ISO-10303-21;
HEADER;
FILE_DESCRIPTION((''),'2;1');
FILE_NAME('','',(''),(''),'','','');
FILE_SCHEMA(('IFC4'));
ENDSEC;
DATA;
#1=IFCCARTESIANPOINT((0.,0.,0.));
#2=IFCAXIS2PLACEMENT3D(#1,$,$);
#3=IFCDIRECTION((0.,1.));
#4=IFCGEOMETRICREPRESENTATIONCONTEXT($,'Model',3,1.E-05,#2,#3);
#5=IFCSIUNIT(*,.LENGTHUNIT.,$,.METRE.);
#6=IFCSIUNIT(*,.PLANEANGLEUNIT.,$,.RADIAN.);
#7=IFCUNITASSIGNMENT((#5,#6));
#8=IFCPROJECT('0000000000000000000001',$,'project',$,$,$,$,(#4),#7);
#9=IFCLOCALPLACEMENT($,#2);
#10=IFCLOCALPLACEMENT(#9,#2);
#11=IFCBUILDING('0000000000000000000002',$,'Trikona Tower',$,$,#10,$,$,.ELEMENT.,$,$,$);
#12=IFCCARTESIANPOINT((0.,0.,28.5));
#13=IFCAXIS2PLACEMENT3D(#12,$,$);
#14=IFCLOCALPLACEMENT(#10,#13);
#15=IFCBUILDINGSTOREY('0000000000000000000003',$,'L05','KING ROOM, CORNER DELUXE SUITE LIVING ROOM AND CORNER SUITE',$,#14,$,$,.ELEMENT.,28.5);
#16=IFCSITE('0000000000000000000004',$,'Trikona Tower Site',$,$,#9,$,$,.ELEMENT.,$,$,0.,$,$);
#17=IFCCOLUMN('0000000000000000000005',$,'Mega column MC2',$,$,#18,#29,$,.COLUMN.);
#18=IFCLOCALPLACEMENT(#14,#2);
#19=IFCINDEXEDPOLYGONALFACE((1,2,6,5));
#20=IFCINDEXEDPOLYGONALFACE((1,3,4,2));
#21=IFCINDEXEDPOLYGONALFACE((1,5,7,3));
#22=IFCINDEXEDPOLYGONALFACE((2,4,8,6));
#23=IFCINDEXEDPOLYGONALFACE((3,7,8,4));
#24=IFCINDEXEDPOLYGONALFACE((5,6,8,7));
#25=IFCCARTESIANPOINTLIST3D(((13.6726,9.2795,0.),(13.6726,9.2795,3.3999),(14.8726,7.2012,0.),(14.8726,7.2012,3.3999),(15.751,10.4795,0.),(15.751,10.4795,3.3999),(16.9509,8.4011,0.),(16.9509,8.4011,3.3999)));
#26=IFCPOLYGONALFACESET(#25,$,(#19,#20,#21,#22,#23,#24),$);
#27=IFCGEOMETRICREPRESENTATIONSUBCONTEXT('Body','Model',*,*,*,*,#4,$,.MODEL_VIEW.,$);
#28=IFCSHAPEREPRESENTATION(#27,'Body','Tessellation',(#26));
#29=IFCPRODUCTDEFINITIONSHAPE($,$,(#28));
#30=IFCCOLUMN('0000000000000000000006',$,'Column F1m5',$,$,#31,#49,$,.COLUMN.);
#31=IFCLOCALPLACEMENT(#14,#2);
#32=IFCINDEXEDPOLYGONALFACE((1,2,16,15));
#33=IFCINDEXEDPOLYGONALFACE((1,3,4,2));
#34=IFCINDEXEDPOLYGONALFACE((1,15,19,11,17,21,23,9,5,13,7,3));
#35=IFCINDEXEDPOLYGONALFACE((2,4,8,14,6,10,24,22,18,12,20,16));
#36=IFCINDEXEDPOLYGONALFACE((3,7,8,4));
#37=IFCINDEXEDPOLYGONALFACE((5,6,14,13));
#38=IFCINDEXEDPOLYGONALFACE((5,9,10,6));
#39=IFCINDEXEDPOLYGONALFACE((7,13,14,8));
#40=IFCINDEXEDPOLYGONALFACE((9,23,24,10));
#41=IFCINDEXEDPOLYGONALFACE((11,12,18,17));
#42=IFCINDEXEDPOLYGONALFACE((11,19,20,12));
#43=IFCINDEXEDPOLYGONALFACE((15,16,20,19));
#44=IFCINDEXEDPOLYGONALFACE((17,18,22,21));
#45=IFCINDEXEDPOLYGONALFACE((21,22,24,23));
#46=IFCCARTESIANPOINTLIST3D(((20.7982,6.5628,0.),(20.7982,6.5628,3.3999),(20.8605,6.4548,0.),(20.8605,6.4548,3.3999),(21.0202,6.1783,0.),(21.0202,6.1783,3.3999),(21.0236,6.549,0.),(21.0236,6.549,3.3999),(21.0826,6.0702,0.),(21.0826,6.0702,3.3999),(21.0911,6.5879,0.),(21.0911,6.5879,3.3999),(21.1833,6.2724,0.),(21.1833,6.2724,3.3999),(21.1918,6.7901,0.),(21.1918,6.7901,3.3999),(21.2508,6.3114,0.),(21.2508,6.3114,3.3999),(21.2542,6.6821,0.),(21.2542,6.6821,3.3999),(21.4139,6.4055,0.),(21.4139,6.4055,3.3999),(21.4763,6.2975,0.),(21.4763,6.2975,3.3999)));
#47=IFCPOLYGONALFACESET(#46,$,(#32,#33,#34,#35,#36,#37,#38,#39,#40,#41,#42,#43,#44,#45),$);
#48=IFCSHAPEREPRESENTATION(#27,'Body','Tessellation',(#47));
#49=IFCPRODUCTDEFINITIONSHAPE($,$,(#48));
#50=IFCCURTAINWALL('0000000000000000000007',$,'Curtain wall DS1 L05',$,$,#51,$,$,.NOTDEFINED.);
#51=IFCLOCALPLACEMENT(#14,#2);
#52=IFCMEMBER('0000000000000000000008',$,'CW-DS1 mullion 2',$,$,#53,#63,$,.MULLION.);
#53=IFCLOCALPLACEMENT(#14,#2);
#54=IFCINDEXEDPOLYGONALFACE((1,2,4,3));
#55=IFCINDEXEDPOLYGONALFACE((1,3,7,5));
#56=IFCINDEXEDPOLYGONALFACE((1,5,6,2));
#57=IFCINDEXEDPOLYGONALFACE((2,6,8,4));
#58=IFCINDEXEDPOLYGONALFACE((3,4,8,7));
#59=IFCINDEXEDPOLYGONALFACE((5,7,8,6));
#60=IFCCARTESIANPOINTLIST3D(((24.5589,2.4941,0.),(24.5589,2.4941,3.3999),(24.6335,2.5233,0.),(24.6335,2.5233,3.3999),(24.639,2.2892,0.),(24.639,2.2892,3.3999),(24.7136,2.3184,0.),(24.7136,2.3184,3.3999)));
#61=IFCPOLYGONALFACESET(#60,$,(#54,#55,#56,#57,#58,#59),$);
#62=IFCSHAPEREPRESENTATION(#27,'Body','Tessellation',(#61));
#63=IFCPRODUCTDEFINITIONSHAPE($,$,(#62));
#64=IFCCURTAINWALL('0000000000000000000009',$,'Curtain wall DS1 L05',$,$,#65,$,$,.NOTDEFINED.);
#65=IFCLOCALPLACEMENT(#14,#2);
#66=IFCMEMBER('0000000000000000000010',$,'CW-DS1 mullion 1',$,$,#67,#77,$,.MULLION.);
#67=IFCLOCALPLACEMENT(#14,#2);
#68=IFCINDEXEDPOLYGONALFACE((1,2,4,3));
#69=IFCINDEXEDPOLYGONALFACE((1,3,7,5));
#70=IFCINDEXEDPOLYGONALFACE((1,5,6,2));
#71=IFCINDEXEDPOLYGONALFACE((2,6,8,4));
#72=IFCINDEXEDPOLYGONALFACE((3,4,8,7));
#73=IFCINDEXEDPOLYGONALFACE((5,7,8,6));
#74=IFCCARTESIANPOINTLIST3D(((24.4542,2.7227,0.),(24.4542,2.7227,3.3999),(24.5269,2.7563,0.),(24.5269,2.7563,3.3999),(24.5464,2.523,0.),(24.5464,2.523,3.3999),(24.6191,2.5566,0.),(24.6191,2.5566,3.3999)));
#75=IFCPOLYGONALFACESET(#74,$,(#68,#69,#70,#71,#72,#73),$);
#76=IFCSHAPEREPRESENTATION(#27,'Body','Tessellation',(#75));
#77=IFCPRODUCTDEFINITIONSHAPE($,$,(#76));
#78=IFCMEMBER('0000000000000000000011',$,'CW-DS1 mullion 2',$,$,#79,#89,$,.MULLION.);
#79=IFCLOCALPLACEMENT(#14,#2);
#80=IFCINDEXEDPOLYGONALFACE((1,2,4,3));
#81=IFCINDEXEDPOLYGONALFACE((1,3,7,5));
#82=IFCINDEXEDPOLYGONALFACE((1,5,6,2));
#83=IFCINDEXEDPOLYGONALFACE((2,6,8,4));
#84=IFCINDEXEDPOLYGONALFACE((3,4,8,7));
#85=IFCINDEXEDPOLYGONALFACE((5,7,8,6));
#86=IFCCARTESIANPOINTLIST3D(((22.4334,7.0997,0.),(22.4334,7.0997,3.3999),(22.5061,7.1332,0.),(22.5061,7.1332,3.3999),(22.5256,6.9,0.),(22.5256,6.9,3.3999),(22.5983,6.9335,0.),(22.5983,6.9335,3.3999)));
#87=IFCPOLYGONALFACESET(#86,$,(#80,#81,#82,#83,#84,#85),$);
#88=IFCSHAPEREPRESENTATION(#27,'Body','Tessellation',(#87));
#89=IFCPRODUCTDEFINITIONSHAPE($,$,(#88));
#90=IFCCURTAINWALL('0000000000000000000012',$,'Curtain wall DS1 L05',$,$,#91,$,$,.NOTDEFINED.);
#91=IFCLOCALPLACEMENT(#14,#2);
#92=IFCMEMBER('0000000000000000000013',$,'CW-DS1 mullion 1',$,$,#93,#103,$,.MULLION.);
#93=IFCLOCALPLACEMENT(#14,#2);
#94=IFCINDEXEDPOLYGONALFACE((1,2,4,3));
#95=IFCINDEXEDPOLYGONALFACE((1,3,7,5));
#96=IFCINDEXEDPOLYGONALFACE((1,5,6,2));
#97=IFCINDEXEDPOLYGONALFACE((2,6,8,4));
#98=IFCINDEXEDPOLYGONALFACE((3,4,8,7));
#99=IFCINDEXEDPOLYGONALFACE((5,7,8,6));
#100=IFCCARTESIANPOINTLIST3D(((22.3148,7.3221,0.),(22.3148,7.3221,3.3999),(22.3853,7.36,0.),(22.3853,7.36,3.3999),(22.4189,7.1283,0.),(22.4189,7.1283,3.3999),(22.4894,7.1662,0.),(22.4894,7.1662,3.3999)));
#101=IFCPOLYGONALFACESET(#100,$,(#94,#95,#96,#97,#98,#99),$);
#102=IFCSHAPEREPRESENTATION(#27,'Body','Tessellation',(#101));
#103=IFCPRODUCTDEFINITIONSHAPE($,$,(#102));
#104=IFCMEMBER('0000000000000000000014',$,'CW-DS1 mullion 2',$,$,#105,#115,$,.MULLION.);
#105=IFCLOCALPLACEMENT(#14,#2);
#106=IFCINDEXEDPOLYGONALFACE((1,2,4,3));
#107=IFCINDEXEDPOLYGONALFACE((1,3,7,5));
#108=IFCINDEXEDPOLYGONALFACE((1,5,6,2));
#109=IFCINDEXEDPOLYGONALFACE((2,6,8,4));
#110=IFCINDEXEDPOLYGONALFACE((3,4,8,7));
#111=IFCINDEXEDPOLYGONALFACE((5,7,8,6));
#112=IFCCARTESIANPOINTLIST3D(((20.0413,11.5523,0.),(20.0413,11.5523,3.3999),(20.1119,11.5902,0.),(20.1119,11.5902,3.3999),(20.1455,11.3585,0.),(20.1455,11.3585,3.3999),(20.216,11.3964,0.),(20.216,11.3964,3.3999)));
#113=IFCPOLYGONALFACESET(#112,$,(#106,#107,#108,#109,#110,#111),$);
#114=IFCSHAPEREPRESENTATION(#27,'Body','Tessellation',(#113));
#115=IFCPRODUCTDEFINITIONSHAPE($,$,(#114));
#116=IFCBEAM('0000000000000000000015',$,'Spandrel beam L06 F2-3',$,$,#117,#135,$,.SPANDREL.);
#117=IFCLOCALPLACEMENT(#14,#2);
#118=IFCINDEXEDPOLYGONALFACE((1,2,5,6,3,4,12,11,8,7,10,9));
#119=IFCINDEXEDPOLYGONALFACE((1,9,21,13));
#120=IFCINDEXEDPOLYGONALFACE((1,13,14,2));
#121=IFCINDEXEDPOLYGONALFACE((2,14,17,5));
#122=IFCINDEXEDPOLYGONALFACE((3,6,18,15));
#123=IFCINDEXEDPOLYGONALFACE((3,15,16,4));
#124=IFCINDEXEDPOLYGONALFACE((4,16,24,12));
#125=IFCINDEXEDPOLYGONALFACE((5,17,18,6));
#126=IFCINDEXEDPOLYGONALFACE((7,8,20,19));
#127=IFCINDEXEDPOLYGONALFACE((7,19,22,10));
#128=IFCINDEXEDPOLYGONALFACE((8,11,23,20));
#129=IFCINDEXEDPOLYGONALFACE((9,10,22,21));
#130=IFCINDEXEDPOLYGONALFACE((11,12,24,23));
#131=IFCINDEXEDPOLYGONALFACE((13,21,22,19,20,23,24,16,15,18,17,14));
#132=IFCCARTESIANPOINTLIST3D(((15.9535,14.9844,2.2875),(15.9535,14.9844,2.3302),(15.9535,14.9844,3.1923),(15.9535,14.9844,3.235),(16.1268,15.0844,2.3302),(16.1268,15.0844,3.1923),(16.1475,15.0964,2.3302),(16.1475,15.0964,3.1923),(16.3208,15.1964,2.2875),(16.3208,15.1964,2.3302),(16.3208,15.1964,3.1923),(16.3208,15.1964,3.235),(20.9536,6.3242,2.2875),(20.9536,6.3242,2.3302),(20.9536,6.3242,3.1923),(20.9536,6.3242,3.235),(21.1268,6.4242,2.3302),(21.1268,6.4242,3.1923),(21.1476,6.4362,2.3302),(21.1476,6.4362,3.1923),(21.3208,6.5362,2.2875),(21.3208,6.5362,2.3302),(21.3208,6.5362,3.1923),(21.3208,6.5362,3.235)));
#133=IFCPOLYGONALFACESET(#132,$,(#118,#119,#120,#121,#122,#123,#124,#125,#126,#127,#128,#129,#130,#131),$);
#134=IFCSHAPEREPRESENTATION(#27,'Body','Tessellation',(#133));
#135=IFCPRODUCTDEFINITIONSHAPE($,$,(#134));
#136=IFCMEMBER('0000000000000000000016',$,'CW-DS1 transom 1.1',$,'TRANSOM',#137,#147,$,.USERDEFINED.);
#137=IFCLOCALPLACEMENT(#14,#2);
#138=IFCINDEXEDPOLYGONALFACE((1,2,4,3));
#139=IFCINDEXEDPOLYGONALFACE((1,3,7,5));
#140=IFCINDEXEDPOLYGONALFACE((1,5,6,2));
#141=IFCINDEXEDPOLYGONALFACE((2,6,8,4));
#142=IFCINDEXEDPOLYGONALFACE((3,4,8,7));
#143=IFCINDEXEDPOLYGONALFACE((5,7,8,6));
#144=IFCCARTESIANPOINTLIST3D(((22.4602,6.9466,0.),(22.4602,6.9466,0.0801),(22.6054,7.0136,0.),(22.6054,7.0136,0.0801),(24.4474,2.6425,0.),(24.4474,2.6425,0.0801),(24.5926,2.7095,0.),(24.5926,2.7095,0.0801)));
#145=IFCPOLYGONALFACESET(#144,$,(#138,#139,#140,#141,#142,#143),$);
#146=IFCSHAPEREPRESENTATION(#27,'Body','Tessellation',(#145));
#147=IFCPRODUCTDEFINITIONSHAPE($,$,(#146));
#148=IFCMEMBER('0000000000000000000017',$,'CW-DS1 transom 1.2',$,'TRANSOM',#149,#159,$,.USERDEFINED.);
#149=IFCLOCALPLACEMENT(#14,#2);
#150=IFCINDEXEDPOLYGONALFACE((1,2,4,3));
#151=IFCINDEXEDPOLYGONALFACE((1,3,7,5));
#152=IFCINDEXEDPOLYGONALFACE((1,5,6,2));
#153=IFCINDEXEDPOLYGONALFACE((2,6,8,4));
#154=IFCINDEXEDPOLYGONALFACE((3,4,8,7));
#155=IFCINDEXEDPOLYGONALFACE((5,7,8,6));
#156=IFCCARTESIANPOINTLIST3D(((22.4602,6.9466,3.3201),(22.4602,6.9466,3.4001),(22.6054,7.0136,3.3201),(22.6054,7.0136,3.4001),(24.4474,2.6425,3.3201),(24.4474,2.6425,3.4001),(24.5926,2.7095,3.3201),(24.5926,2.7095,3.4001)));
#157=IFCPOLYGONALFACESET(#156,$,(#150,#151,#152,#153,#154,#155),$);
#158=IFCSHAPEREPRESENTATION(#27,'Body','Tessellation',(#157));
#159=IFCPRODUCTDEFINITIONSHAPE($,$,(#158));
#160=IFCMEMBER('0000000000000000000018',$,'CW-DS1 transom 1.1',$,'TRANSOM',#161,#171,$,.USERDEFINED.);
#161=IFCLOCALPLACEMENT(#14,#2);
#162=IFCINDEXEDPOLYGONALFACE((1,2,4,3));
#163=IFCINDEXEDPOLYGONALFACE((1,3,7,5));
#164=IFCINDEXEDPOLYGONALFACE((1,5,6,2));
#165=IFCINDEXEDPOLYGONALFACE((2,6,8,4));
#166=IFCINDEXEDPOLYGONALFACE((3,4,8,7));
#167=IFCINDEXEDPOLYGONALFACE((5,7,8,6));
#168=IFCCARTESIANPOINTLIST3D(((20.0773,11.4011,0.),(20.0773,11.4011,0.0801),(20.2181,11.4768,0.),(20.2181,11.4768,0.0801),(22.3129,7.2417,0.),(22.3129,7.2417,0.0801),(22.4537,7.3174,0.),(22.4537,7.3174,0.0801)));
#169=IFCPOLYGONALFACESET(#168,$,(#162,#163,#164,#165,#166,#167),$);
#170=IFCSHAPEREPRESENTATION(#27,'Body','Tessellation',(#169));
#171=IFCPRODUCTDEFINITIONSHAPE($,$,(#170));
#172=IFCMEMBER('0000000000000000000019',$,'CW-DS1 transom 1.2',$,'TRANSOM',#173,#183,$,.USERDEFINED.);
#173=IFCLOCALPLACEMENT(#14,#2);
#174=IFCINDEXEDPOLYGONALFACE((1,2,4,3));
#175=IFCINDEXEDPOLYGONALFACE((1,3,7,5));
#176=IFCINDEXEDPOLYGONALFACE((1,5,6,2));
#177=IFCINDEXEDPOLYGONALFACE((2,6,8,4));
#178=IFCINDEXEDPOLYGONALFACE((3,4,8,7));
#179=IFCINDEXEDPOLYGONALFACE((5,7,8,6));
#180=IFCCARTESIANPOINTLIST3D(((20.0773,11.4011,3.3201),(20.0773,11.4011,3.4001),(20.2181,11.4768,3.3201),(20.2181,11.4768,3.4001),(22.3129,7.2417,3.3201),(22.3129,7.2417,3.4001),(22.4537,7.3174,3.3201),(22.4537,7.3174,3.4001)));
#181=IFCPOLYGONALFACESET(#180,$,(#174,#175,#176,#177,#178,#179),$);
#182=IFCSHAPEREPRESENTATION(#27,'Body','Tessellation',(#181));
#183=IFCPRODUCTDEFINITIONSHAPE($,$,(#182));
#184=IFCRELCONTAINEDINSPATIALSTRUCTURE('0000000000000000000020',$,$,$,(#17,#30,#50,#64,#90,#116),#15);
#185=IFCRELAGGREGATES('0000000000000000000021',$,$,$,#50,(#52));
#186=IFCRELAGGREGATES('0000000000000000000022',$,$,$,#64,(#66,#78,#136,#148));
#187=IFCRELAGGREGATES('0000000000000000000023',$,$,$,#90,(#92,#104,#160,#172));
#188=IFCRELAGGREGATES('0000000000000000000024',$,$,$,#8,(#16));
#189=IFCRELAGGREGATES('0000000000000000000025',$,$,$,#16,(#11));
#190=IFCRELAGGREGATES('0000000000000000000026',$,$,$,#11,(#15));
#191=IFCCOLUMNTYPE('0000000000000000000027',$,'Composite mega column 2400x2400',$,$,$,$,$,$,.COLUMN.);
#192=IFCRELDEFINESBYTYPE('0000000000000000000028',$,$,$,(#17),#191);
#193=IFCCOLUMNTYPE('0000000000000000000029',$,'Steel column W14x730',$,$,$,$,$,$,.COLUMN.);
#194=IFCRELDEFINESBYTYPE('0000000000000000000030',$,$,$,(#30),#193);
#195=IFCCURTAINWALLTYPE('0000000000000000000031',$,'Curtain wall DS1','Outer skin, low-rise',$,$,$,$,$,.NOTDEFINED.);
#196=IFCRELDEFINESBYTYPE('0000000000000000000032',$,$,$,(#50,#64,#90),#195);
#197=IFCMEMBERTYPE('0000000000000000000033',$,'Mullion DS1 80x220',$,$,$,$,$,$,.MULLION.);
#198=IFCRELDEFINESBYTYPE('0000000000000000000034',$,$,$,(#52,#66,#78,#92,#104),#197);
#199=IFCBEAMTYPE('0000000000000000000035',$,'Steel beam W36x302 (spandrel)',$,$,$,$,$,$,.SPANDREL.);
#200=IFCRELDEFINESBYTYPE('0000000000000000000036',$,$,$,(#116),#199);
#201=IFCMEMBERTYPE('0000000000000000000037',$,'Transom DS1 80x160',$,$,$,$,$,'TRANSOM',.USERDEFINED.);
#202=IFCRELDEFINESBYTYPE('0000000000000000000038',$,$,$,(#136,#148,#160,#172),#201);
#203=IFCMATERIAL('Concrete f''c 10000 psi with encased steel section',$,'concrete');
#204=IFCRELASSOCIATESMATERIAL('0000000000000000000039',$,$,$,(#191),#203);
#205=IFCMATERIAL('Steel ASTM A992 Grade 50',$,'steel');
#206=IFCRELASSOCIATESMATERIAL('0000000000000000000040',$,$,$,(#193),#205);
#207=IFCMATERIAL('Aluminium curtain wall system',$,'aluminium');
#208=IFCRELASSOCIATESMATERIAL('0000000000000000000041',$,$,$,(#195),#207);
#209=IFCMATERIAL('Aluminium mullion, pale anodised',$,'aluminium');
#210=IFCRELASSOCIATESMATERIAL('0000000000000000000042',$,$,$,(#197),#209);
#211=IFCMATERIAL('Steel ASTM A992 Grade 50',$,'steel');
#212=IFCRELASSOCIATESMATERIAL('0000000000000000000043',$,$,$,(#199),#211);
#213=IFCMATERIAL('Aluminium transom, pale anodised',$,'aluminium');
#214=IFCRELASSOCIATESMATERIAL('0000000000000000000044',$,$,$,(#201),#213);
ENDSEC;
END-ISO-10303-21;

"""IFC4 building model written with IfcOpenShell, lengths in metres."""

from ifc_helpers import new_model, si_unit, direction, frame, origin, origin_2d, place, context, subcontext, project, spatial, rectangle, i_section, extrude, material, material_profile, profile_set, type_object, element, aggregate, save


model = new_model("IFC4")

# Units and contexts
model_context = context("Model", 3, precision=1e-05, world=origin(), true_north=direction((0.0, 1.0)))
body_context = subcontext(model_context, "Body", "Model", "MODEL_VIEW")
ifc_project = project(units=[si_unit("LENGTHUNIT", "METRE"), si_unit("PLANEANGLEUNIT", "RADIAN")], contexts=[model_context])

# Site, building, storey
site_placement = place(None, origin())
site = spatial("IfcSite", under=ifc_project, at=site_placement, Name="Trikona Tower Site", CompositionType="ELEMENT", RefElevation=0.0)
building_placement = place(site_placement, origin())
building = spatial("IfcBuilding", under=site, at=building_placement, Name="Trikona Tower", CompositionType="ELEMENT")
storey_placement = place(building_placement, frame((0.0, 0.0, 28.5)))
storey = spatial("IfcBuildingStorey", under=building, at=storey_placement, Name="L05", Description="KING ROOM, CORNER DELUXE SUITE LIVING ROOM AND CORNER SUITE", CompositionType="ELEMENT", Elevation=28.5)

# Columns
ifc_material_1 = material(Name="Concrete f'c 10000 psi with encased steel section", Category="concrete")
ifc_material_profile_1 = material_profile(ifc_material_1, rectangle(XDim=2.3999, YDim=2.3999, at=origin_2d()), Name="MC2400")
ifc_profile_set_1 = profile_set([ifc_material_profile_1], Name="Concrete f'c 10000 psi with encased steel section")
column_type_1 = type_object("IfcColumnType", Name="Composite mega column 2400x2400", PredefinedType="COLUMN", material=ifc_profile_set_1)
column_1_placement = place(storey_placement, frame((15.3118, 8.8403, 0.0), z_axis=(0.0, 0.0, 1.0), x_axis=(0.866025, 0.5, 0.0)))
element("IfcColumn", 1, at=column_1_placement, inside=storey, type_object=column_type_1, Name="Mega column MC2", PredefinedType="COLUMN", context=body_context, shape_type="SweptSolid", body=[
    extrude(rectangle(XDim=2.3999, YDim=2.3999, at=origin_2d()), origin(), (0.0, 0.0, 1.0), 3.3999),
])
ifc_material_2 = material(Name="Steel ASTM A992 Grade 50", Category="steel")
ifc_material_profile_2 = material_profile(ifc_material_2, i_section(OverallWidth=0.4546, OverallDepth=0.5688, WebThickness=0.0779, FlangeThickness=0.1248, at=origin_2d()), Name="W14X730")
ifc_profile_set_2 = profile_set([ifc_material_profile_2], Name="Steel ASTM A992 Grade 50")
column_type_2 = type_object("IfcColumnType", Name="Steel column W14x730", PredefinedType="COLUMN", material=ifc_profile_set_2)
column_2_placement = place(storey_placement, frame((21.1372, 6.4302, 0.0), z_axis=(0.0, 0.0, 1.0), x_axis=(0.866025, 0.5, 0.0)))
element("IfcColumn", 2, at=column_2_placement, inside=storey, type_object=column_type_2, Name="Column F1m5", PredefinedType="COLUMN", context=body_context, shape_type="SweptSolid", body=[
    extrude(i_section(OverallWidth=0.4546, OverallDepth=0.5688, WebThickness=0.0779, FlangeThickness=0.1248, at=origin_2d()), origin(), (0.0, 0.0, 1.0), 3.3999),
])

# Curtain wall, member
ifc_material_3 = material(Name="Aluminium curtain wall system", Category="aluminium")
curtain_wall_type = type_object("IfcCurtainWallType", Name="Curtain wall DS1", Description="Outer skin, low-rise", PredefinedType="NOTDEFINED", material=ifc_material_3)
curtain_wall_1_placement = place(storey_placement, origin())
curtain_wall_1 = element("IfcCurtainWall", 3, at=curtain_wall_1_placement, inside=storey, type_object=curtain_wall_type, Name="Curtain wall DS1 L05", PredefinedType="NOTDEFINED")
ifc_material_4 = material(Name="Aluminium mullion, pale anodised", Category="aluminium")
ifc_material_profile_3 = material_profile(ifc_material_4, rectangle(XDim=0.0801, YDim=0.22, at=origin_2d()), Name="MUL-DS1")
ifc_profile_set_3 = profile_set([ifc_material_profile_3], Name="Aluminium mullion, pale anodised")
member_type_1 = type_object("IfcMemberType", Name="Mullion DS1 80x220", PredefinedType="MULLION", material=ifc_profile_set_3)
member_1_placement = place(storey_placement, frame((24.6362, 2.4062, 0.0), z_axis=(0.0, 0.0, 1.0), x_axis=(-0.931396, -0.364008, 0.0)))
member_1 = element("IfcMember", 4, at=member_1_placement, type_object=member_type_1, Name="CW-DS1 mullion 2", PredefinedType="MULLION", context=body_context, shape_type="SweptSolid", body=[
    extrude(rectangle(XDim=0.0801, YDim=0.22, at=origin_2d()), origin(), (0.0, 0.0, 1.0), 3.3999),
])

# Curtain walls, members
curtain_wall_2_placement = place(storey_placement, origin())
curtain_wall_2 = element("IfcCurtainWall", 5, at=curtain_wall_2_placement, inside=storey, type_object=curtain_wall_type, Name="Curtain wall DS1 L05", PredefinedType="NOTDEFINED")
member_2_placement = place(storey_placement, frame((24.5366, 2.6396, 0.0), z_axis=(0.0, 0.0, 1.0), x_axis=(-0.907898, -0.41919, 0.0)))
member_2 = element("IfcMember", 6, at=member_2_placement, type_object=member_type_1, Name="CW-DS1 mullion 1", PredefinedType="MULLION", context=body_context, shape_type="SweptSolid", body=[
    extrude(rectangle(XDim=0.0801, YDim=0.22, at=origin_2d()), origin(), (0.0, 0.0, 1.0), 3.3999),
])
member_3_placement = place(storey_placement, frame((22.5159, 7.0166, 0.0), z_axis=(0.0, 0.0, 1.0), x_axis=(-0.907898, -0.41919, 0.0)))
member_3 = element("IfcMember", 7, at=member_3_placement, type_object=member_type_1, Name="CW-DS1 mullion 2", PredefinedType="MULLION", context=body_context, shape_type="SweptSolid", body=[
    extrude(rectangle(XDim=0.0801, YDim=0.22, at=origin_2d()), origin(), (0.0, 0.0, 1.0), 3.3999),
])
curtain_wall_3_placement = place(storey_placement, origin())
curtain_wall_3 = element("IfcCurtainWall", 8, at=curtain_wall_3_placement, inside=storey, type_object=curtain_wall_type, Name="Curtain wall DS1 L05", PredefinedType="NOTDEFINED")
member_4_placement = place(storey_placement, frame((22.4021, 7.2441, 0.0), z_axis=(0.0, 0.0, 1.0), x_axis=(-0.880843, -0.473408, 0.0)))
member_4 = element("IfcMember", 9, at=member_4_placement, type_object=member_type_1, Name="CW-DS1 mullion 1", PredefinedType="MULLION", context=body_context, shape_type="SweptSolid", body=[
    extrude(rectangle(XDim=0.0801, YDim=0.22, at=origin_2d()), origin(), (0.0, 0.0, 1.0), 3.3999),
])
member_5_placement = place(storey_placement, frame((20.1287, 11.4744, 0.0), z_axis=(0.0, 0.0, 1.0), x_axis=(-0.880843, -0.473408, 0.0)))
member_5 = element("IfcMember", 10, at=member_5_placement, type_object=member_type_1, Name="CW-DS1 mullion 2", PredefinedType="MULLION", context=body_context, shape_type="SweptSolid", body=[
    extrude(rectangle(XDim=0.0801, YDim=0.22, at=origin_2d()), origin(), (0.0, 0.0, 1.0), 3.3999),
])

# Beam
ifc_material_5 = material(Name="Steel ASTM A992 Grade 50", Category="steel")
ifc_material_profile_4 = material_profile(ifc_material_5, i_section(OverallWidth=0.4241, OverallDepth=0.9475, WebThickness=0.0239, FlangeThickness=0.0427, at=origin_2d()), Name="W36X302")
ifc_profile_set_4 = profile_set([ifc_material_profile_4], Name="Steel ASTM A992 Grade 50")
beam_type = type_object("IfcBeamType", Name="Steel beam W36x302 (spandrel)", PredefinedType="SPANDREL", material=ifc_profile_set_4)
beam_placement = place(storey_placement, frame((21.1372, 6.4302, 2.7612), z_axis=(-0.500004, 0.866023, 0.0), x_axis=(-0.866023, -0.500004, 0.0)))
element("IfcBeam", 11, at=beam_placement, inside=storey, type_object=beam_type, Name="Spandrel beam L06 F2-3", PredefinedType="SPANDREL", context=body_context, shape_type="SweptSolid", body=[
    extrude(i_section(OverallWidth=0.4241, OverallDepth=0.9475, WebThickness=0.0239, FlangeThickness=0.0427, at=origin_2d()), origin(), (0.0, 0.0, 1.0), 10.0),
])

# Members
ifc_material_6 = material(Name="Aluminium transom, pale anodised", Category="aluminium")
ifc_material_profile_5 = material_profile(ifc_material_6, rectangle(XDim=0.1599, YDim=0.0801, at=origin_2d()), Name="TRN-DS1")
ifc_profile_set_5 = profile_set([ifc_material_profile_5], Name="Aluminium transom, pale anodised")
member_type_2 = type_object("IfcMemberType", Name="Transom DS1 80x160", ElementType="TRANSOM", PredefinedType="USERDEFINED", material=ifc_profile_set_5)
member_6_placement = place(storey_placement, frame((24.52, 2.676, 0.04), z_axis=(-0.419189, 0.907899, 0.0), x_axis=(-0.907899, -0.419189, 0.0)))
member_6 = element("IfcMember", 12, at=member_6_placement, type_object=member_type_2, Name="CW-DS1 transom 1.1", ObjectType="TRANSOM", PredefinedType="USERDEFINED", context=body_context, shape_type="SweptSolid", body=[
    extrude(rectangle(XDim=0.1599, YDim=0.0801, at=origin_2d()), origin(), (0.0, 0.0, 1.0), 4.7407),
])
member_7_placement = place(storey_placement, frame((24.52, 2.676, 3.3601), z_axis=(-0.419189, 0.907899, 0.0), x_axis=(-0.907899, -0.419189, 0.0)))
member_7 = element("IfcMember", 13, at=member_7_placement, type_object=member_type_2, Name="CW-DS1 transom 1.2", ObjectType="TRANSOM", PredefinedType="USERDEFINED", context=body_context, shape_type="SweptSolid", body=[
    extrude(rectangle(XDim=0.1599, YDim=0.0801, at=origin_2d()), origin(), (0.0, 0.0, 1.0), 4.7407),
])
member_8_placement = place(storey_placement, frame((22.3833, 7.2795, 0.04), z_axis=(-0.473428, 0.880833, 0.0), x_axis=(-0.880833, -0.473428, 0.0)))
member_8 = element("IfcMember", 14, at=member_8_placement, type_object=member_type_2, Name="CW-DS1 transom 1.1", ObjectType="TRANSOM", PredefinedType="USERDEFINED", context=body_context, shape_type="SweptSolid", body=[
    extrude(rectangle(XDim=0.1599, YDim=0.0801, at=origin_2d()), origin(), (0.0, 0.0, 1.0), 4.7222),
])
member_9_placement = place(storey_placement, frame((22.3833, 7.2795, 3.3601), z_axis=(-0.473428, 0.880833, 0.0), x_axis=(-0.880833, -0.473428, 0.0)))
member_9 = element("IfcMember", 15, at=member_9_placement, type_object=member_type_2, Name="CW-DS1 transom 1.2", ObjectType="TRANSOM", PredefinedType="USERDEFINED", context=body_context, shape_type="SweptSolid", body=[
    extrude(rectangle(XDim=0.1599, YDim=0.0801, at=origin_2d()), origin(), (0.0, 0.0, 1.0), 4.7222),
])

aggregate(curtain_wall_1, [member_1])
aggregate(curtain_wall_2, [member_2, member_3, member_6, member_7])
aggregate(curtain_wall_3, [member_4, member_5, member_8, member_9])

save(model, "model.ifc")
